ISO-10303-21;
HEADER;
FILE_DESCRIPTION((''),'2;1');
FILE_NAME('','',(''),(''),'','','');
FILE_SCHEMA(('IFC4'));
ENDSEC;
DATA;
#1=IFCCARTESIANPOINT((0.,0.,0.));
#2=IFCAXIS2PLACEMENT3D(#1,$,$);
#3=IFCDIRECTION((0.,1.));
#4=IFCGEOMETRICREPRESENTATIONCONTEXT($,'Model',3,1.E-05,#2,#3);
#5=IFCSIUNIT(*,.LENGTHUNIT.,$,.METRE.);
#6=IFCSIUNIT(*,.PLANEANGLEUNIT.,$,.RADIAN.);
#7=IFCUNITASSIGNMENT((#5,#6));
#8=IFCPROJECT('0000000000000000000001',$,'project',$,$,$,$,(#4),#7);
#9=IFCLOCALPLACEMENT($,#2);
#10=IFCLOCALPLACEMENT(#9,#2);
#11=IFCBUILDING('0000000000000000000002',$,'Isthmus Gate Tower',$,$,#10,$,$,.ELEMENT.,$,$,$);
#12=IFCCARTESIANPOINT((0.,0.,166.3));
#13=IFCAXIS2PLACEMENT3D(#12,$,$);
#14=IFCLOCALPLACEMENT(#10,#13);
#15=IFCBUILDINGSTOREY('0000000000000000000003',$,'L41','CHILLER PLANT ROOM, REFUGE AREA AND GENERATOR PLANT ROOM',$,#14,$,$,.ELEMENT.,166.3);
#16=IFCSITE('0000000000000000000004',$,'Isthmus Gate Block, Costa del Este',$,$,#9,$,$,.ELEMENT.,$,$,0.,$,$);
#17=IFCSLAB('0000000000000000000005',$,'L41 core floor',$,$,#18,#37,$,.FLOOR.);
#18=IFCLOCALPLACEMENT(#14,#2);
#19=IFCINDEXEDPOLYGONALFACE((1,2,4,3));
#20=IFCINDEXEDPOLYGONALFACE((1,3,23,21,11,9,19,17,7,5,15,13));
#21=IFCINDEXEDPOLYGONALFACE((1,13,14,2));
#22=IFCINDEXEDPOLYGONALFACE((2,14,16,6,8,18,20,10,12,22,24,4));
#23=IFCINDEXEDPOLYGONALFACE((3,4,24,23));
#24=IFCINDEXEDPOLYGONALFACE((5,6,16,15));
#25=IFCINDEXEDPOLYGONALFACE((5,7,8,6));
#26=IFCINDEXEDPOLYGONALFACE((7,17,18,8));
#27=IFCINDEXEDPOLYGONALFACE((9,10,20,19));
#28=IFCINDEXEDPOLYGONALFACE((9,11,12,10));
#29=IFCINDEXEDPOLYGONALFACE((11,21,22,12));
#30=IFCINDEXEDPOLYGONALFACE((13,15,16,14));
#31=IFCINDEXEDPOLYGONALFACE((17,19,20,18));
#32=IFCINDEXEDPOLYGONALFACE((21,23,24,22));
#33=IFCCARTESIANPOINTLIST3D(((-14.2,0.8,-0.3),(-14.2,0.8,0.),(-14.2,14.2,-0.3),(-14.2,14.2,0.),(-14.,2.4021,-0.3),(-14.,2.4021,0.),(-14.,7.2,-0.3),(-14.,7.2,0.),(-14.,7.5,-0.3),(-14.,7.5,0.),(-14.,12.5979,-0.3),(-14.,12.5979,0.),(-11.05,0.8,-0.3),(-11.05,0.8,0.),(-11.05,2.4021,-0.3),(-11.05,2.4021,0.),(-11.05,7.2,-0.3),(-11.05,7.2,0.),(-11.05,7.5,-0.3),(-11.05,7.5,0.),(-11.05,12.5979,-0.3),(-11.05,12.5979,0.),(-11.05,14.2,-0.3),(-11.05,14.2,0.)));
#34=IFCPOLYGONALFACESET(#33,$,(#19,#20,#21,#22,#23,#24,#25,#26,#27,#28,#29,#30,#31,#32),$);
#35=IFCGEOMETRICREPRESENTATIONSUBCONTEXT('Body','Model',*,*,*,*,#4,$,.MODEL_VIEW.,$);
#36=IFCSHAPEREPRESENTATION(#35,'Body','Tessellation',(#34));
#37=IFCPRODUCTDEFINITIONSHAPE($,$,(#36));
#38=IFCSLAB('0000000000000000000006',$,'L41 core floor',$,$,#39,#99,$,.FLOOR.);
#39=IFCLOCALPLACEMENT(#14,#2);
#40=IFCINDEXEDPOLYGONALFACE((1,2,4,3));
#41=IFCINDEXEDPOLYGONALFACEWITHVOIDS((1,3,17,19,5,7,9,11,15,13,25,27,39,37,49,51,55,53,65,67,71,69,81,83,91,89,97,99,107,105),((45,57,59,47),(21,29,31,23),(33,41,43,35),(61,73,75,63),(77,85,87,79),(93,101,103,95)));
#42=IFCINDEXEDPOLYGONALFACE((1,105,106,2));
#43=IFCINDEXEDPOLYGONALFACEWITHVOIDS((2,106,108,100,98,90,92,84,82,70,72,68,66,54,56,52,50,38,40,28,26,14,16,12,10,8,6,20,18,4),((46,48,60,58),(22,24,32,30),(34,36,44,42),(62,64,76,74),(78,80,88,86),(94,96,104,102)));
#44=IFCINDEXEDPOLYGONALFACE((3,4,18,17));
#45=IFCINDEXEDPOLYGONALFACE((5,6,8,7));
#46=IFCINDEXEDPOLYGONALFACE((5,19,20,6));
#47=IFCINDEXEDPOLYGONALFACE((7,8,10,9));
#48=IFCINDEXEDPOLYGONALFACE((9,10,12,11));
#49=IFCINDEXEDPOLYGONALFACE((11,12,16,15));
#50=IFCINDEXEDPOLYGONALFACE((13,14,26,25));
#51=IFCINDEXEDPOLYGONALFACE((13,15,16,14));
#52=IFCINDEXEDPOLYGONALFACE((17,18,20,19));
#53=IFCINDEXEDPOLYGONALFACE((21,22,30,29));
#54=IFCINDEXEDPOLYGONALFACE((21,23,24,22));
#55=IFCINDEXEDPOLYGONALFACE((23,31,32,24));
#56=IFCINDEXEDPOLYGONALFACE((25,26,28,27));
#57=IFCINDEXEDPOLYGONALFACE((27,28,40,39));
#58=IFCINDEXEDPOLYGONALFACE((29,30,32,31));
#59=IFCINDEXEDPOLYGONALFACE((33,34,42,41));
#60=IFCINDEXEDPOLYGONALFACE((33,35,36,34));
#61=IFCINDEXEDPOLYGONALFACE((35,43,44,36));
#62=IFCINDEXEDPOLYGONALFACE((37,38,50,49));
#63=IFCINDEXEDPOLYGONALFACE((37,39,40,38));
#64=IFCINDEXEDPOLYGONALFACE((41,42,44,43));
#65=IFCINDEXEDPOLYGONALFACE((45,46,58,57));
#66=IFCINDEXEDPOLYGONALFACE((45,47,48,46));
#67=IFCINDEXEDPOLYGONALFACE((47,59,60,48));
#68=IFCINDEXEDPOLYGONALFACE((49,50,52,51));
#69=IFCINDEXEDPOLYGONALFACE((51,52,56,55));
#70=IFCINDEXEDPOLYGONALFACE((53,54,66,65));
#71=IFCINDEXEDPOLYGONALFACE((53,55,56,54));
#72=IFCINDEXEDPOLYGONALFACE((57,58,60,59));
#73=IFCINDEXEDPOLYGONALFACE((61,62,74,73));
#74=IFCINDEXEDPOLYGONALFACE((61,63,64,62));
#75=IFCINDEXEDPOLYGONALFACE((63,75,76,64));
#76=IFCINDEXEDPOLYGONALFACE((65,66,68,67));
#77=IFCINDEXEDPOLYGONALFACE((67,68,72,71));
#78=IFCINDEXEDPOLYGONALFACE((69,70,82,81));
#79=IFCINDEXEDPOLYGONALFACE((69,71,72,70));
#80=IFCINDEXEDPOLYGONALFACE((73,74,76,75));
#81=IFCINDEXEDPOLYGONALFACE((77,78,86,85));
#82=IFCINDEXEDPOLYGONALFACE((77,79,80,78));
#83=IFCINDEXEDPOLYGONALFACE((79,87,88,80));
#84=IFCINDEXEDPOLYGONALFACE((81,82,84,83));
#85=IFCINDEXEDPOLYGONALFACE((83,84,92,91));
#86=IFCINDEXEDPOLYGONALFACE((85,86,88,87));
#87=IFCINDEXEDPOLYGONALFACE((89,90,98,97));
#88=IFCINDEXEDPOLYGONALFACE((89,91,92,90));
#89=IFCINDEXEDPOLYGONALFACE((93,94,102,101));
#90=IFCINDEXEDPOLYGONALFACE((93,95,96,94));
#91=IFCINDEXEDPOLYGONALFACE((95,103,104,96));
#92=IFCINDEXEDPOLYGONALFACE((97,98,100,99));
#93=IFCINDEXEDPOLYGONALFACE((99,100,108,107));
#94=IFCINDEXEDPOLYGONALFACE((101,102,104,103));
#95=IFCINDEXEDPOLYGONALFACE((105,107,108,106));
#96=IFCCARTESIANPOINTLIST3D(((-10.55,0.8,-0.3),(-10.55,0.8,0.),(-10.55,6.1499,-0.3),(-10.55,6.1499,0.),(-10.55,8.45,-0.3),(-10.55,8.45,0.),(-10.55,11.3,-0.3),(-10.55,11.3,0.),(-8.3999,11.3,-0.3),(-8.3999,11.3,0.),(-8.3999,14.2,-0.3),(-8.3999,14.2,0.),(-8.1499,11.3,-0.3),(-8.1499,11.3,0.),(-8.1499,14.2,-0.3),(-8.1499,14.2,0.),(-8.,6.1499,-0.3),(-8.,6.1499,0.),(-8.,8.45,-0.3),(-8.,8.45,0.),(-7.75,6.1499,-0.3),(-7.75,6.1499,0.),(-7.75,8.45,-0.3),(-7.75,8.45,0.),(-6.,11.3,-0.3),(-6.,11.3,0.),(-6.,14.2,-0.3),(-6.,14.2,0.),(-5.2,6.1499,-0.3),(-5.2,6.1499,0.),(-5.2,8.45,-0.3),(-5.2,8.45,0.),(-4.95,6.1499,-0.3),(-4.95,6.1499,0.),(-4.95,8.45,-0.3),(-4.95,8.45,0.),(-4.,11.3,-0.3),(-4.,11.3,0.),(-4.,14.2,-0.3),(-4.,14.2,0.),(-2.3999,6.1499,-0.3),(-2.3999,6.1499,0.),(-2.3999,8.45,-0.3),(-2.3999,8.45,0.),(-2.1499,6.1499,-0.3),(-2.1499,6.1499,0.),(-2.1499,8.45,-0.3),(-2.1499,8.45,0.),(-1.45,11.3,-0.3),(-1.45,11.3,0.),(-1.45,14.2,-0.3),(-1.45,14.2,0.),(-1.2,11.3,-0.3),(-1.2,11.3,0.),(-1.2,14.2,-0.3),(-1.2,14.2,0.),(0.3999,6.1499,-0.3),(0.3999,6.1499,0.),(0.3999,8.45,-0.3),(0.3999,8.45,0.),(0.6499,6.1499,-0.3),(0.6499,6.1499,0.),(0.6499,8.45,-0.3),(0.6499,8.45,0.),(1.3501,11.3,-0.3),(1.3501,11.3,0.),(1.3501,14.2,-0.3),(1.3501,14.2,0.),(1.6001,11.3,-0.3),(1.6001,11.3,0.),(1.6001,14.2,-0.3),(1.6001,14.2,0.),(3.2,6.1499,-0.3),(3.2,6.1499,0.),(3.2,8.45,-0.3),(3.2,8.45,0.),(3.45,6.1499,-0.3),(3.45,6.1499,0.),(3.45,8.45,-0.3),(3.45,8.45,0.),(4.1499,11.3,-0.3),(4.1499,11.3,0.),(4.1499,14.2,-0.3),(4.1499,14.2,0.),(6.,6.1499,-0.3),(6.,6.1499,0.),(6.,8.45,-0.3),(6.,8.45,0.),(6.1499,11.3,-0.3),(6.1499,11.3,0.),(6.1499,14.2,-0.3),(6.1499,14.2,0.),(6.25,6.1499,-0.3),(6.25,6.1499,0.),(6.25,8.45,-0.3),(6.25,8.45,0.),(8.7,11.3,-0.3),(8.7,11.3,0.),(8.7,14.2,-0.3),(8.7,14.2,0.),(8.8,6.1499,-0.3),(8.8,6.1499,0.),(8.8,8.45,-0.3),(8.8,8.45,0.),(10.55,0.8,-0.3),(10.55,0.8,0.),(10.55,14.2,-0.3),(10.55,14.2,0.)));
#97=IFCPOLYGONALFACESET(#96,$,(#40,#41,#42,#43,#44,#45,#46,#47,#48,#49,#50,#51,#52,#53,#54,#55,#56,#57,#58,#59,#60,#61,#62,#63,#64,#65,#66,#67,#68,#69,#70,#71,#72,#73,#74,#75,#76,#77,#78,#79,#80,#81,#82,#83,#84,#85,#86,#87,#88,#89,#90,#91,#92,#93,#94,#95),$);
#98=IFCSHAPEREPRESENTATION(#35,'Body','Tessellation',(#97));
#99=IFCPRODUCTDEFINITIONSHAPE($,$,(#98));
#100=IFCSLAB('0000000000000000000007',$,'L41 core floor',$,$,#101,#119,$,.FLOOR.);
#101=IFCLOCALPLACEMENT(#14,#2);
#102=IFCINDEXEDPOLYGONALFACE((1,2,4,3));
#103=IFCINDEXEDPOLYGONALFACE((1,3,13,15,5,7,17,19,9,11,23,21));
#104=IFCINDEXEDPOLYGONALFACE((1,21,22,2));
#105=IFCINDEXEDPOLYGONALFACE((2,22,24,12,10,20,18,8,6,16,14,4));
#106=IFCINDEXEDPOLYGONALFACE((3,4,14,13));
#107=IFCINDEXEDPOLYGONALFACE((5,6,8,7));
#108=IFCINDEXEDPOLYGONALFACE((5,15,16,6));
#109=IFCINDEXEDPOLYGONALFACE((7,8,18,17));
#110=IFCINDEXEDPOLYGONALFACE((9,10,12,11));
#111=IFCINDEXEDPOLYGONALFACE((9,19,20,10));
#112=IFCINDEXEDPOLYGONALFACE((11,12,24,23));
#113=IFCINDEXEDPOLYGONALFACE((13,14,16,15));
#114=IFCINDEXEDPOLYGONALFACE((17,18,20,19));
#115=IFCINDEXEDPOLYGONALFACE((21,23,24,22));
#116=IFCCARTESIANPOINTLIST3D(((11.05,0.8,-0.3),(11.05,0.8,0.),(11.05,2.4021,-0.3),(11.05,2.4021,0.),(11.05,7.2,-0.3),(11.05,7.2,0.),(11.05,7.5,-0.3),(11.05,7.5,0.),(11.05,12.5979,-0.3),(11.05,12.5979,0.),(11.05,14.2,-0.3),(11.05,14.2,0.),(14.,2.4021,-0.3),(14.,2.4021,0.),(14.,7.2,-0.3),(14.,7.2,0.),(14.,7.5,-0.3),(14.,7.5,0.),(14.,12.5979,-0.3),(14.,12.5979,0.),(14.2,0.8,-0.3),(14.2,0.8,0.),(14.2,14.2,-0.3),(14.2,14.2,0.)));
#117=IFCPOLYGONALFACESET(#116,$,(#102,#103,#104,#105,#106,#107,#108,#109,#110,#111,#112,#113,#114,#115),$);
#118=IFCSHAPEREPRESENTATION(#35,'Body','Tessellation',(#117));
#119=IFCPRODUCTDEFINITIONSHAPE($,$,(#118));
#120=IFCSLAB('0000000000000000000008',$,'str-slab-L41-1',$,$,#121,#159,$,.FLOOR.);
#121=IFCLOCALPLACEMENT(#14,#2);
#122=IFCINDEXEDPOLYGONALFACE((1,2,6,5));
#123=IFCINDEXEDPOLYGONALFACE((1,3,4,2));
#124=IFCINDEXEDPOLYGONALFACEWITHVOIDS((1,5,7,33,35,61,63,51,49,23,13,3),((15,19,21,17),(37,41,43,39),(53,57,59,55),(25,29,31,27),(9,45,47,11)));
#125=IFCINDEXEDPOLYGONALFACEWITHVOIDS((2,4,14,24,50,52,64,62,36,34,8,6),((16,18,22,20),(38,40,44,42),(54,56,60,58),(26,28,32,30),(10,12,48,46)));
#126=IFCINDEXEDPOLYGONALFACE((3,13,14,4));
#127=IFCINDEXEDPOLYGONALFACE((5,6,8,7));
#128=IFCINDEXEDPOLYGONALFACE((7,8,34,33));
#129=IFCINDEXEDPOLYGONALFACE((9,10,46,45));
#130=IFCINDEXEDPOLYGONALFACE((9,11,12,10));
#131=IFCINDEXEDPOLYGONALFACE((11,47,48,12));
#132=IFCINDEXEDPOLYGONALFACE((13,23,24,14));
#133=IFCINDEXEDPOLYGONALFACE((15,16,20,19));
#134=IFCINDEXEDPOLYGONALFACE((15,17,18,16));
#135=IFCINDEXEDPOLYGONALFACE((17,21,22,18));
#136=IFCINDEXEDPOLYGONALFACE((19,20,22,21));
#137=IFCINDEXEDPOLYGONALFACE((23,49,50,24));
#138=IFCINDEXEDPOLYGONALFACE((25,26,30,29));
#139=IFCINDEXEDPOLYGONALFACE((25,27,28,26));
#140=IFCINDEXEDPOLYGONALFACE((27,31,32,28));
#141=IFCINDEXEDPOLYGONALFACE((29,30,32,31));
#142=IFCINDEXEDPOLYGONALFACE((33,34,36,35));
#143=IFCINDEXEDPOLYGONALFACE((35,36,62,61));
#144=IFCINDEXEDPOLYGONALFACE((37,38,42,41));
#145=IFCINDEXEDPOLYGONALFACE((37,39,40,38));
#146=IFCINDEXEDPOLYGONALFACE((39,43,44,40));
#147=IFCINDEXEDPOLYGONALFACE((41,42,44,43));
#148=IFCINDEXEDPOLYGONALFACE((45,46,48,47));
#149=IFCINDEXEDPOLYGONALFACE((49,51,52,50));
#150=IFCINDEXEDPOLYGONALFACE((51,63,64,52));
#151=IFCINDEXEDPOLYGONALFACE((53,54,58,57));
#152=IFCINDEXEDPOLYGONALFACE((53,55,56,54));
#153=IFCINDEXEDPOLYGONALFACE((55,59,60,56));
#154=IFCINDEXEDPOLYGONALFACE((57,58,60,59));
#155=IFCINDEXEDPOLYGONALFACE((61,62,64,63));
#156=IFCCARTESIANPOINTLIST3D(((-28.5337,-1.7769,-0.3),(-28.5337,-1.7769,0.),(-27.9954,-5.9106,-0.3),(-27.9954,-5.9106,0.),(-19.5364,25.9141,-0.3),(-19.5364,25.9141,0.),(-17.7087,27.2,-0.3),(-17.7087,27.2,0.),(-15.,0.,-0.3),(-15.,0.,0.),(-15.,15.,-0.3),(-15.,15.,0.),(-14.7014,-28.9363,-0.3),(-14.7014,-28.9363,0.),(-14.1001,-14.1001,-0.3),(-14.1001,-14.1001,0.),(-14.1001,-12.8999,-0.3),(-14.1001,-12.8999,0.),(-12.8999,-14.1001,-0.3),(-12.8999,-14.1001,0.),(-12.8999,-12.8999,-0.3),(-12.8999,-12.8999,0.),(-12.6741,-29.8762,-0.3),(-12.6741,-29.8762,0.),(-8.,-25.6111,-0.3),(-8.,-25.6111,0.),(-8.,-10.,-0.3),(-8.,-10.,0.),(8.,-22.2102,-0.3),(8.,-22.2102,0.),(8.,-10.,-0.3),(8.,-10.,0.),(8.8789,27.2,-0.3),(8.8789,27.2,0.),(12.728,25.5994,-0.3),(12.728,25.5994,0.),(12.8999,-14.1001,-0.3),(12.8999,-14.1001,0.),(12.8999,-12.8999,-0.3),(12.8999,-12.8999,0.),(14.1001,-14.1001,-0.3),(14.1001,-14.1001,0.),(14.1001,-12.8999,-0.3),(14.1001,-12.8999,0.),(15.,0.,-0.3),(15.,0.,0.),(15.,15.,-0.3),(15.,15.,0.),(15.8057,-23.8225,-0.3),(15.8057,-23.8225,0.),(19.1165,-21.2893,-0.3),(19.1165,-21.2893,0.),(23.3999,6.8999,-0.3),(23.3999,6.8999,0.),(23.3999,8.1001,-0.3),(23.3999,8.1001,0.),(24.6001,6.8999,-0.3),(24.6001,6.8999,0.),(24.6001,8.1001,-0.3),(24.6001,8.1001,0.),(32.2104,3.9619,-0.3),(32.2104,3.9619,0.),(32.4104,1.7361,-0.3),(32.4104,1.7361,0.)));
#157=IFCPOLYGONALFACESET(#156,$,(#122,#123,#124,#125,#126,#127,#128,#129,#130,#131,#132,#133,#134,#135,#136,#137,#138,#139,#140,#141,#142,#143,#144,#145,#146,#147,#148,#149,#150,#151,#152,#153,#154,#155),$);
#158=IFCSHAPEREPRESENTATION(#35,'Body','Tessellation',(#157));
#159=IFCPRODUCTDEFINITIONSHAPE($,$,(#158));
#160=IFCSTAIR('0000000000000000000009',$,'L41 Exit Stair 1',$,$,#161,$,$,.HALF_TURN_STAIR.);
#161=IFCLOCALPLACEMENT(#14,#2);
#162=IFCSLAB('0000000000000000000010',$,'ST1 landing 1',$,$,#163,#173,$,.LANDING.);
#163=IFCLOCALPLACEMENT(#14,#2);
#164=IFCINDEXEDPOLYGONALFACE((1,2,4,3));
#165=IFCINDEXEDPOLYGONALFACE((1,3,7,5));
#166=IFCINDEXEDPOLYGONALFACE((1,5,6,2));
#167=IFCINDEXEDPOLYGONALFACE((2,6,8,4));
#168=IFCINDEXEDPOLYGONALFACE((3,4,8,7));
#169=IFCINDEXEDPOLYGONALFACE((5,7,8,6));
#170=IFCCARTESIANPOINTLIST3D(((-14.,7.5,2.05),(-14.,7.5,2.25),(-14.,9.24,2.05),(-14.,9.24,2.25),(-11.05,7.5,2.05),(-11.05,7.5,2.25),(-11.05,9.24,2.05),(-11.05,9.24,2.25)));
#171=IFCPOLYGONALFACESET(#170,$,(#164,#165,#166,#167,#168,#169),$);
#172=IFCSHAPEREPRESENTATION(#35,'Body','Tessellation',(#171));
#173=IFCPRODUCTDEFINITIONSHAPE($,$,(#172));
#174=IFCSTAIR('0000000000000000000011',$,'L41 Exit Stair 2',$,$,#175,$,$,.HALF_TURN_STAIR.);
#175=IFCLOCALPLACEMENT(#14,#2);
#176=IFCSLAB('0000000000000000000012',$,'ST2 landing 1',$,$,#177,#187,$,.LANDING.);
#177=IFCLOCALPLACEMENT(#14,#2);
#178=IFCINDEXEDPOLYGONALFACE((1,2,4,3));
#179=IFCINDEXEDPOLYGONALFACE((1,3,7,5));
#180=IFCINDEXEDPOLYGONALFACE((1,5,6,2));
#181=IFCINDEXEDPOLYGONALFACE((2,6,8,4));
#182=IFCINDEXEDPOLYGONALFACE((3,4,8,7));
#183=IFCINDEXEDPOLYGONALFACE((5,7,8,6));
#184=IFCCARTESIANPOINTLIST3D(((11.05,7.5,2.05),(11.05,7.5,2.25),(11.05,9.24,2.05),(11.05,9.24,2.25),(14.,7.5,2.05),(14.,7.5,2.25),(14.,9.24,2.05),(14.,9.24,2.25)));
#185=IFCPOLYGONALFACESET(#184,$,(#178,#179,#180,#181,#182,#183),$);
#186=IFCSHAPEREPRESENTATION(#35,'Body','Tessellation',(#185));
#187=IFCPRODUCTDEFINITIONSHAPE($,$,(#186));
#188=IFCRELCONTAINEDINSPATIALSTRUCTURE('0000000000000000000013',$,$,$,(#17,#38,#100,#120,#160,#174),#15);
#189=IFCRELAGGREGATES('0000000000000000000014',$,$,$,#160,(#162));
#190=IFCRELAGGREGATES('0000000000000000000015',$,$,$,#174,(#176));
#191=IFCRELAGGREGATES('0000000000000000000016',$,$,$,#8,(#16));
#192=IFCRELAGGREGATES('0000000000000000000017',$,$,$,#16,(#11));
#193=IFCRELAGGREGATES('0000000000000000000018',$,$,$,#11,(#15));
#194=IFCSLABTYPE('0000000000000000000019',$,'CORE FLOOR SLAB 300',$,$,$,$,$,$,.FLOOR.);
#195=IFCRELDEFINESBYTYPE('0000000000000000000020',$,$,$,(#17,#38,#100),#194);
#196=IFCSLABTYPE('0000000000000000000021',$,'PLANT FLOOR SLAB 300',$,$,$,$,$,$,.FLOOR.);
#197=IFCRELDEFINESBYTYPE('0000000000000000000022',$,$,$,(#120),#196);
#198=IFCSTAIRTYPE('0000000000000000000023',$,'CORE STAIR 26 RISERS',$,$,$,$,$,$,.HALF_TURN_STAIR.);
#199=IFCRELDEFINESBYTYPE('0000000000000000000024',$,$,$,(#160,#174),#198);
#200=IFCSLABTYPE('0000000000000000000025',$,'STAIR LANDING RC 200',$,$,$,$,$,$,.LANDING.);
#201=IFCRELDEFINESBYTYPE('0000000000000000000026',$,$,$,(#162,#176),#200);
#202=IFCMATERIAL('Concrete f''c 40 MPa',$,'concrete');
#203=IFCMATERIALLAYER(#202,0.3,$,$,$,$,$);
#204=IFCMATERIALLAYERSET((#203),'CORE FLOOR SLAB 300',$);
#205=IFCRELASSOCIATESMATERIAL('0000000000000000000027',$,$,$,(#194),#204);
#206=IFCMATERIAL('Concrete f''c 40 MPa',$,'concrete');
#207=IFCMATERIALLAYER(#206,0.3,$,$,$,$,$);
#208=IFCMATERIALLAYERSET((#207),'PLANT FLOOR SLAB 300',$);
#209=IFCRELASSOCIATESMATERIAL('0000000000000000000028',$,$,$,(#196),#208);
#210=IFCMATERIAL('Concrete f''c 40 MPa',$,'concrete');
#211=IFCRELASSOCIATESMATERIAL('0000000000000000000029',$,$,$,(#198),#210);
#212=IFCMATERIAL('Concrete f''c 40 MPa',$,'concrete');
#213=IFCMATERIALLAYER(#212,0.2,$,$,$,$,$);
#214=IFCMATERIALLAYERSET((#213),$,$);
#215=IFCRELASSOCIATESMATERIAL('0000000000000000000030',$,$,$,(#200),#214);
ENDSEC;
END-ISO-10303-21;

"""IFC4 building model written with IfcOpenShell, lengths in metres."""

from ifc_helpers import new_model, si_unit, direction, frame, origin, place, context, subcontext, project, spatial, polyline, outline, extrude, material, layer, layer_set, type_object, element, aggregate, save


model = new_model("IFC4")

# Units and contexts
model_context = context("Model", 3, precision=1e-05, world=origin(), true_north=direction((0.0, 1.0)))
body_context = subcontext(model_context, "Body", "Model", "MODEL_VIEW")
ifc_project = project(units=[si_unit("LENGTHUNIT", "METRE"), si_unit("PLANEANGLEUNIT", "RADIAN")], contexts=[model_context])

# Site, building, storey
site_placement = place(None, origin())
site = spatial("IfcSite", under=ifc_project, at=site_placement, Name="Isthmus Gate Block, Costa del Este", CompositionType="ELEMENT", RefElevation=0.0)
building_placement = place(site_placement, origin())
building = spatial("IfcBuilding", under=site, at=building_placement, Name="Isthmus Gate Tower", CompositionType="ELEMENT")
storey_placement = place(building_placement, frame((0.0, 0.0, 166.3)))
storey = spatial("IfcBuildingStorey", under=building, at=storey_placement, Name="L41", Description="CHILLER PLANT ROOM, REFUGE AREA AND GENERATOR PLANT ROOM", CompositionType="ELEMENT", Elevation=166.3)

# Slabs
ifc_material_1 = material(Name="Concrete f'c 40 MPa", Category="concrete")
ifc_layer_1 = layer(ifc_material_1, 0.3)
ifc_layer_set_1 = layer_set([ifc_layer_1], Name="CORE FLOOR SLAB 300")
slab_type_1 = type_object("IfcSlabType", Name="CORE FLOOR SLAB 300", PredefinedType="FLOOR", material=ifc_layer_set_1)
slab_1_placement = place(storey_placement, frame((0.0, 0.0, -0.3)))
element("IfcSlab", 1, at=slab_1_placement, inside=storey, type_object=slab_type_1, Name="L41 core floor", PredefinedType="FLOOR", context=body_context, shape_type="SweptSolid", body=[
    extrude(outline(polyline([(-11.05, 0.8), (-11.05, 2.4021), (-14.0, 2.4021), (-14.0, 7.2), (-11.05, 7.2), (-11.05, 7.5), (-14.0, 7.5), (-14.0, 12.5979), (-11.05, 12.5979), (-11.05, 14.2), (-14.2, 14.2), (-14.2, 0.8), (-11.05, 0.8)])), origin(), (0.0, 0.0, 1.0), 0.3),
])
slab_2_placement = place(storey_placement, frame((0.0, 0.0, -0.3)))
element("IfcSlab", 2, at=slab_2_placement, inside=storey, type_object=slab_type_1, Name="L41 core floor", PredefinedType="FLOOR", context=body_context, shape_type="SweptSolid", body=[
    extrude(outline(polyline([(10.55, 14.2), (8.7, 14.2), (8.7, 11.3), (6.1499, 11.3), (6.1499, 14.2), (4.1499, 14.2), (4.1499, 11.3), (1.6001, 11.3), (1.6001, 14.2), (1.3501, 14.2), (1.3501, 11.3), (-1.2, 11.3), (-1.2, 14.2), (-1.45, 14.2), (-1.45, 11.3), (-4.0, 11.3), (-4.0, 14.2), (-6.0, 14.2), (-6.0, 11.3), (-8.1499, 11.3), (-8.1499, 14.2), (-8.3999, 14.2), (-8.3999, 11.3), (-10.55, 11.3), (-10.55, 8.45), (-8.0, 8.45), (-8.0, 6.1499), (-10.55, 6.1499), (-10.55, 0.8), (10.55, 0.8), (10.55, 14.2)]), holes=[polyline([(-5.2, 8.45), (-5.2, 6.1499), (-7.75, 6.1499), (-7.75, 8.45), (-5.2, 8.45)]), polyline([(-2.3999, 8.45), (-2.3999, 6.1499), (-4.95, 6.1499), (-4.95, 8.45), (-2.3999, 8.45)]), polyline([(0.3999, 8.45), (0.3999, 6.1499), (-2.1499, 6.1499), (-2.1499, 8.45), (0.3999, 8.45)]), polyline([(3.2, 8.45), (3.2, 6.1499), (0.6499, 6.1499), (0.6499, 8.45), (3.2, 8.45)]), polyline([(6.0, 8.45), (6.0, 6.1499), (3.45, 6.1499), (3.45, 8.45), (6.0, 8.45)]), polyline([(8.8, 8.45), (8.8, 6.1499), (6.25, 6.1499), (6.25, 8.45), (8.8, 8.45)])]), origin(), (0.0, 0.0, 1.0), 0.3),
])
slab_3_placement = place(storey_placement, frame((0.0, 0.0, -0.3)))
element("IfcSlab", 3, at=slab_3_placement, inside=storey, type_object=slab_type_1, Name="L41 core floor", PredefinedType="FLOOR", context=body_context, shape_type="SweptSolid", body=[
    extrude(outline(polyline([(11.05, 14.2), (11.05, 12.5979), (14.0, 12.5979), (14.0, 7.5), (11.05, 7.5), (11.05, 7.2), (14.0, 7.2), (14.0, 2.4021), (11.05, 2.4021), (11.05, 0.8), (14.2, 0.8), (14.2, 14.2), (11.05, 14.2)])), origin(), (0.0, 0.0, 1.0), 0.3),
])
ifc_material_2 = material(Name="Concrete f'c 40 MPa", Category="concrete")
ifc_layer_2 = layer(ifc_material_2, 0.3)
ifc_layer_set_2 = layer_set([ifc_layer_2], Name="PLANT FLOOR SLAB 300")
slab_type_2 = type_object("IfcSlabType", Name="PLANT FLOOR SLAB 300", PredefinedType="FLOOR", material=ifc_layer_set_2)
slab_4_placement = place(storey_placement, frame((0.0, 0.0, -0.3)))
element("IfcSlab", 4, at=slab_4_placement, inside=storey, type_object=slab_type_2, Name="str-slab-L41-1", PredefinedType="FLOOR", context=body_context, shape_type="SweptSolid", body=[
    extrude(outline(polyline([(12.728, 25.5994), (32.2104, 3.9619), (32.4104, 1.7361), (19.1165, -21.2893), (15.8057, -23.8225), (-12.6741, -29.8762), (-14.7014, -28.9363), (-27.9954, -5.9106), (-28.5337, -1.7769), (-19.5364, 25.9141), (-17.7087, 27.2), (8.8789, 27.2), (12.728, 25.5994)]), holes=[polyline([(-8.0, -10.0), (-8.0, -25.6111), (8.0, -22.2102), (8.0, -10.0), (-8.0, -10.0)]), polyline([(-14.1001, -12.8999), (-14.1001, -14.1001), (-12.8999, -14.1001), (-12.8999, -12.8999), (-14.1001, -12.8999)]), polyline([(14.1001, -12.8999), (12.8999, -12.8999), (12.8999, -14.1001), (14.1001, -14.1001), (14.1001, -12.8999)]), polyline([(-15.0, 15.0), (-15.0, 0.0), (15.0, 0.0), (15.0, 15.0), (-15.0, 15.0)]), polyline([(24.6001, 6.8999), (24.6001, 8.1001), (23.3999, 8.1001), (23.3999, 6.8999), (24.6001, 6.8999)])]), origin(), (0.0, 0.0, 1.0), 0.3),
])

# Stairs, slabs
ifc_material_3 = material(Name="Concrete f'c 40 MPa", Category="concrete")
stair_type = type_object("IfcStairType", Name="CORE STAIR 26 RISERS", PredefinedType="HALF_TURN_STAIR", material=ifc_material_3)
stair_1_placement = place(storey_placement, origin())
stair_1 = element("IfcStair", 5, at=stair_1_placement, inside=storey, type_object=stair_type, Name="L41 Exit Stair 1", PredefinedType="HALF_TURN_STAIR")
ifc_material_4 = material(Name="Concrete f'c 40 MPa", Category="concrete")
ifc_layer_3 = layer(ifc_material_4, 0.2)
ifc_layer_set_3 = layer_set([ifc_layer_3])
slab_type_3 = type_object("IfcSlabType", Name="STAIR LANDING RC 200", PredefinedType="LANDING", material=ifc_layer_set_3)
slab_5_placement = place(storey_placement, frame((0.0, 0.0, 2.05)))
slab_5 = element("IfcSlab", 6, at=slab_5_placement, type_object=slab_type_3, Name="ST1 landing 1", PredefinedType="LANDING", context=body_context, shape_type="SweptSolid", body=[
    extrude(outline(polyline([(-14.0, 9.24), (-14.0, 7.5), (-11.05, 7.5), (-11.05, 9.24), (-14.0, 9.24)])), origin(), (0.0, 0.0, 1.0), 0.2),
])
aggregate(stair_1, [slab_5])
stair_2_placement = place(storey_placement, origin())
stair_2 = element("IfcStair", 7, at=stair_2_placement, inside=storey, type_object=stair_type, Name="L41 Exit Stair 2", PredefinedType="HALF_TURN_STAIR")
slab_6_placement = place(storey_placement, frame((0.0, 0.0, 2.05)))
slab_6 = element("IfcSlab", 8, at=slab_6_placement, type_object=slab_type_3, Name="ST2 landing 1", PredefinedType="LANDING", context=body_context, shape_type="SweptSolid", body=[
    extrude(outline(polyline([(11.05, 9.24), (11.05, 7.5), (14.0, 7.5), (14.0, 9.24), (11.05, 9.24)])), origin(), (0.0, 0.0, 1.0), 0.2),
])
aggregate(stair_2, [slab_6])

save(model, "model.ifc")
